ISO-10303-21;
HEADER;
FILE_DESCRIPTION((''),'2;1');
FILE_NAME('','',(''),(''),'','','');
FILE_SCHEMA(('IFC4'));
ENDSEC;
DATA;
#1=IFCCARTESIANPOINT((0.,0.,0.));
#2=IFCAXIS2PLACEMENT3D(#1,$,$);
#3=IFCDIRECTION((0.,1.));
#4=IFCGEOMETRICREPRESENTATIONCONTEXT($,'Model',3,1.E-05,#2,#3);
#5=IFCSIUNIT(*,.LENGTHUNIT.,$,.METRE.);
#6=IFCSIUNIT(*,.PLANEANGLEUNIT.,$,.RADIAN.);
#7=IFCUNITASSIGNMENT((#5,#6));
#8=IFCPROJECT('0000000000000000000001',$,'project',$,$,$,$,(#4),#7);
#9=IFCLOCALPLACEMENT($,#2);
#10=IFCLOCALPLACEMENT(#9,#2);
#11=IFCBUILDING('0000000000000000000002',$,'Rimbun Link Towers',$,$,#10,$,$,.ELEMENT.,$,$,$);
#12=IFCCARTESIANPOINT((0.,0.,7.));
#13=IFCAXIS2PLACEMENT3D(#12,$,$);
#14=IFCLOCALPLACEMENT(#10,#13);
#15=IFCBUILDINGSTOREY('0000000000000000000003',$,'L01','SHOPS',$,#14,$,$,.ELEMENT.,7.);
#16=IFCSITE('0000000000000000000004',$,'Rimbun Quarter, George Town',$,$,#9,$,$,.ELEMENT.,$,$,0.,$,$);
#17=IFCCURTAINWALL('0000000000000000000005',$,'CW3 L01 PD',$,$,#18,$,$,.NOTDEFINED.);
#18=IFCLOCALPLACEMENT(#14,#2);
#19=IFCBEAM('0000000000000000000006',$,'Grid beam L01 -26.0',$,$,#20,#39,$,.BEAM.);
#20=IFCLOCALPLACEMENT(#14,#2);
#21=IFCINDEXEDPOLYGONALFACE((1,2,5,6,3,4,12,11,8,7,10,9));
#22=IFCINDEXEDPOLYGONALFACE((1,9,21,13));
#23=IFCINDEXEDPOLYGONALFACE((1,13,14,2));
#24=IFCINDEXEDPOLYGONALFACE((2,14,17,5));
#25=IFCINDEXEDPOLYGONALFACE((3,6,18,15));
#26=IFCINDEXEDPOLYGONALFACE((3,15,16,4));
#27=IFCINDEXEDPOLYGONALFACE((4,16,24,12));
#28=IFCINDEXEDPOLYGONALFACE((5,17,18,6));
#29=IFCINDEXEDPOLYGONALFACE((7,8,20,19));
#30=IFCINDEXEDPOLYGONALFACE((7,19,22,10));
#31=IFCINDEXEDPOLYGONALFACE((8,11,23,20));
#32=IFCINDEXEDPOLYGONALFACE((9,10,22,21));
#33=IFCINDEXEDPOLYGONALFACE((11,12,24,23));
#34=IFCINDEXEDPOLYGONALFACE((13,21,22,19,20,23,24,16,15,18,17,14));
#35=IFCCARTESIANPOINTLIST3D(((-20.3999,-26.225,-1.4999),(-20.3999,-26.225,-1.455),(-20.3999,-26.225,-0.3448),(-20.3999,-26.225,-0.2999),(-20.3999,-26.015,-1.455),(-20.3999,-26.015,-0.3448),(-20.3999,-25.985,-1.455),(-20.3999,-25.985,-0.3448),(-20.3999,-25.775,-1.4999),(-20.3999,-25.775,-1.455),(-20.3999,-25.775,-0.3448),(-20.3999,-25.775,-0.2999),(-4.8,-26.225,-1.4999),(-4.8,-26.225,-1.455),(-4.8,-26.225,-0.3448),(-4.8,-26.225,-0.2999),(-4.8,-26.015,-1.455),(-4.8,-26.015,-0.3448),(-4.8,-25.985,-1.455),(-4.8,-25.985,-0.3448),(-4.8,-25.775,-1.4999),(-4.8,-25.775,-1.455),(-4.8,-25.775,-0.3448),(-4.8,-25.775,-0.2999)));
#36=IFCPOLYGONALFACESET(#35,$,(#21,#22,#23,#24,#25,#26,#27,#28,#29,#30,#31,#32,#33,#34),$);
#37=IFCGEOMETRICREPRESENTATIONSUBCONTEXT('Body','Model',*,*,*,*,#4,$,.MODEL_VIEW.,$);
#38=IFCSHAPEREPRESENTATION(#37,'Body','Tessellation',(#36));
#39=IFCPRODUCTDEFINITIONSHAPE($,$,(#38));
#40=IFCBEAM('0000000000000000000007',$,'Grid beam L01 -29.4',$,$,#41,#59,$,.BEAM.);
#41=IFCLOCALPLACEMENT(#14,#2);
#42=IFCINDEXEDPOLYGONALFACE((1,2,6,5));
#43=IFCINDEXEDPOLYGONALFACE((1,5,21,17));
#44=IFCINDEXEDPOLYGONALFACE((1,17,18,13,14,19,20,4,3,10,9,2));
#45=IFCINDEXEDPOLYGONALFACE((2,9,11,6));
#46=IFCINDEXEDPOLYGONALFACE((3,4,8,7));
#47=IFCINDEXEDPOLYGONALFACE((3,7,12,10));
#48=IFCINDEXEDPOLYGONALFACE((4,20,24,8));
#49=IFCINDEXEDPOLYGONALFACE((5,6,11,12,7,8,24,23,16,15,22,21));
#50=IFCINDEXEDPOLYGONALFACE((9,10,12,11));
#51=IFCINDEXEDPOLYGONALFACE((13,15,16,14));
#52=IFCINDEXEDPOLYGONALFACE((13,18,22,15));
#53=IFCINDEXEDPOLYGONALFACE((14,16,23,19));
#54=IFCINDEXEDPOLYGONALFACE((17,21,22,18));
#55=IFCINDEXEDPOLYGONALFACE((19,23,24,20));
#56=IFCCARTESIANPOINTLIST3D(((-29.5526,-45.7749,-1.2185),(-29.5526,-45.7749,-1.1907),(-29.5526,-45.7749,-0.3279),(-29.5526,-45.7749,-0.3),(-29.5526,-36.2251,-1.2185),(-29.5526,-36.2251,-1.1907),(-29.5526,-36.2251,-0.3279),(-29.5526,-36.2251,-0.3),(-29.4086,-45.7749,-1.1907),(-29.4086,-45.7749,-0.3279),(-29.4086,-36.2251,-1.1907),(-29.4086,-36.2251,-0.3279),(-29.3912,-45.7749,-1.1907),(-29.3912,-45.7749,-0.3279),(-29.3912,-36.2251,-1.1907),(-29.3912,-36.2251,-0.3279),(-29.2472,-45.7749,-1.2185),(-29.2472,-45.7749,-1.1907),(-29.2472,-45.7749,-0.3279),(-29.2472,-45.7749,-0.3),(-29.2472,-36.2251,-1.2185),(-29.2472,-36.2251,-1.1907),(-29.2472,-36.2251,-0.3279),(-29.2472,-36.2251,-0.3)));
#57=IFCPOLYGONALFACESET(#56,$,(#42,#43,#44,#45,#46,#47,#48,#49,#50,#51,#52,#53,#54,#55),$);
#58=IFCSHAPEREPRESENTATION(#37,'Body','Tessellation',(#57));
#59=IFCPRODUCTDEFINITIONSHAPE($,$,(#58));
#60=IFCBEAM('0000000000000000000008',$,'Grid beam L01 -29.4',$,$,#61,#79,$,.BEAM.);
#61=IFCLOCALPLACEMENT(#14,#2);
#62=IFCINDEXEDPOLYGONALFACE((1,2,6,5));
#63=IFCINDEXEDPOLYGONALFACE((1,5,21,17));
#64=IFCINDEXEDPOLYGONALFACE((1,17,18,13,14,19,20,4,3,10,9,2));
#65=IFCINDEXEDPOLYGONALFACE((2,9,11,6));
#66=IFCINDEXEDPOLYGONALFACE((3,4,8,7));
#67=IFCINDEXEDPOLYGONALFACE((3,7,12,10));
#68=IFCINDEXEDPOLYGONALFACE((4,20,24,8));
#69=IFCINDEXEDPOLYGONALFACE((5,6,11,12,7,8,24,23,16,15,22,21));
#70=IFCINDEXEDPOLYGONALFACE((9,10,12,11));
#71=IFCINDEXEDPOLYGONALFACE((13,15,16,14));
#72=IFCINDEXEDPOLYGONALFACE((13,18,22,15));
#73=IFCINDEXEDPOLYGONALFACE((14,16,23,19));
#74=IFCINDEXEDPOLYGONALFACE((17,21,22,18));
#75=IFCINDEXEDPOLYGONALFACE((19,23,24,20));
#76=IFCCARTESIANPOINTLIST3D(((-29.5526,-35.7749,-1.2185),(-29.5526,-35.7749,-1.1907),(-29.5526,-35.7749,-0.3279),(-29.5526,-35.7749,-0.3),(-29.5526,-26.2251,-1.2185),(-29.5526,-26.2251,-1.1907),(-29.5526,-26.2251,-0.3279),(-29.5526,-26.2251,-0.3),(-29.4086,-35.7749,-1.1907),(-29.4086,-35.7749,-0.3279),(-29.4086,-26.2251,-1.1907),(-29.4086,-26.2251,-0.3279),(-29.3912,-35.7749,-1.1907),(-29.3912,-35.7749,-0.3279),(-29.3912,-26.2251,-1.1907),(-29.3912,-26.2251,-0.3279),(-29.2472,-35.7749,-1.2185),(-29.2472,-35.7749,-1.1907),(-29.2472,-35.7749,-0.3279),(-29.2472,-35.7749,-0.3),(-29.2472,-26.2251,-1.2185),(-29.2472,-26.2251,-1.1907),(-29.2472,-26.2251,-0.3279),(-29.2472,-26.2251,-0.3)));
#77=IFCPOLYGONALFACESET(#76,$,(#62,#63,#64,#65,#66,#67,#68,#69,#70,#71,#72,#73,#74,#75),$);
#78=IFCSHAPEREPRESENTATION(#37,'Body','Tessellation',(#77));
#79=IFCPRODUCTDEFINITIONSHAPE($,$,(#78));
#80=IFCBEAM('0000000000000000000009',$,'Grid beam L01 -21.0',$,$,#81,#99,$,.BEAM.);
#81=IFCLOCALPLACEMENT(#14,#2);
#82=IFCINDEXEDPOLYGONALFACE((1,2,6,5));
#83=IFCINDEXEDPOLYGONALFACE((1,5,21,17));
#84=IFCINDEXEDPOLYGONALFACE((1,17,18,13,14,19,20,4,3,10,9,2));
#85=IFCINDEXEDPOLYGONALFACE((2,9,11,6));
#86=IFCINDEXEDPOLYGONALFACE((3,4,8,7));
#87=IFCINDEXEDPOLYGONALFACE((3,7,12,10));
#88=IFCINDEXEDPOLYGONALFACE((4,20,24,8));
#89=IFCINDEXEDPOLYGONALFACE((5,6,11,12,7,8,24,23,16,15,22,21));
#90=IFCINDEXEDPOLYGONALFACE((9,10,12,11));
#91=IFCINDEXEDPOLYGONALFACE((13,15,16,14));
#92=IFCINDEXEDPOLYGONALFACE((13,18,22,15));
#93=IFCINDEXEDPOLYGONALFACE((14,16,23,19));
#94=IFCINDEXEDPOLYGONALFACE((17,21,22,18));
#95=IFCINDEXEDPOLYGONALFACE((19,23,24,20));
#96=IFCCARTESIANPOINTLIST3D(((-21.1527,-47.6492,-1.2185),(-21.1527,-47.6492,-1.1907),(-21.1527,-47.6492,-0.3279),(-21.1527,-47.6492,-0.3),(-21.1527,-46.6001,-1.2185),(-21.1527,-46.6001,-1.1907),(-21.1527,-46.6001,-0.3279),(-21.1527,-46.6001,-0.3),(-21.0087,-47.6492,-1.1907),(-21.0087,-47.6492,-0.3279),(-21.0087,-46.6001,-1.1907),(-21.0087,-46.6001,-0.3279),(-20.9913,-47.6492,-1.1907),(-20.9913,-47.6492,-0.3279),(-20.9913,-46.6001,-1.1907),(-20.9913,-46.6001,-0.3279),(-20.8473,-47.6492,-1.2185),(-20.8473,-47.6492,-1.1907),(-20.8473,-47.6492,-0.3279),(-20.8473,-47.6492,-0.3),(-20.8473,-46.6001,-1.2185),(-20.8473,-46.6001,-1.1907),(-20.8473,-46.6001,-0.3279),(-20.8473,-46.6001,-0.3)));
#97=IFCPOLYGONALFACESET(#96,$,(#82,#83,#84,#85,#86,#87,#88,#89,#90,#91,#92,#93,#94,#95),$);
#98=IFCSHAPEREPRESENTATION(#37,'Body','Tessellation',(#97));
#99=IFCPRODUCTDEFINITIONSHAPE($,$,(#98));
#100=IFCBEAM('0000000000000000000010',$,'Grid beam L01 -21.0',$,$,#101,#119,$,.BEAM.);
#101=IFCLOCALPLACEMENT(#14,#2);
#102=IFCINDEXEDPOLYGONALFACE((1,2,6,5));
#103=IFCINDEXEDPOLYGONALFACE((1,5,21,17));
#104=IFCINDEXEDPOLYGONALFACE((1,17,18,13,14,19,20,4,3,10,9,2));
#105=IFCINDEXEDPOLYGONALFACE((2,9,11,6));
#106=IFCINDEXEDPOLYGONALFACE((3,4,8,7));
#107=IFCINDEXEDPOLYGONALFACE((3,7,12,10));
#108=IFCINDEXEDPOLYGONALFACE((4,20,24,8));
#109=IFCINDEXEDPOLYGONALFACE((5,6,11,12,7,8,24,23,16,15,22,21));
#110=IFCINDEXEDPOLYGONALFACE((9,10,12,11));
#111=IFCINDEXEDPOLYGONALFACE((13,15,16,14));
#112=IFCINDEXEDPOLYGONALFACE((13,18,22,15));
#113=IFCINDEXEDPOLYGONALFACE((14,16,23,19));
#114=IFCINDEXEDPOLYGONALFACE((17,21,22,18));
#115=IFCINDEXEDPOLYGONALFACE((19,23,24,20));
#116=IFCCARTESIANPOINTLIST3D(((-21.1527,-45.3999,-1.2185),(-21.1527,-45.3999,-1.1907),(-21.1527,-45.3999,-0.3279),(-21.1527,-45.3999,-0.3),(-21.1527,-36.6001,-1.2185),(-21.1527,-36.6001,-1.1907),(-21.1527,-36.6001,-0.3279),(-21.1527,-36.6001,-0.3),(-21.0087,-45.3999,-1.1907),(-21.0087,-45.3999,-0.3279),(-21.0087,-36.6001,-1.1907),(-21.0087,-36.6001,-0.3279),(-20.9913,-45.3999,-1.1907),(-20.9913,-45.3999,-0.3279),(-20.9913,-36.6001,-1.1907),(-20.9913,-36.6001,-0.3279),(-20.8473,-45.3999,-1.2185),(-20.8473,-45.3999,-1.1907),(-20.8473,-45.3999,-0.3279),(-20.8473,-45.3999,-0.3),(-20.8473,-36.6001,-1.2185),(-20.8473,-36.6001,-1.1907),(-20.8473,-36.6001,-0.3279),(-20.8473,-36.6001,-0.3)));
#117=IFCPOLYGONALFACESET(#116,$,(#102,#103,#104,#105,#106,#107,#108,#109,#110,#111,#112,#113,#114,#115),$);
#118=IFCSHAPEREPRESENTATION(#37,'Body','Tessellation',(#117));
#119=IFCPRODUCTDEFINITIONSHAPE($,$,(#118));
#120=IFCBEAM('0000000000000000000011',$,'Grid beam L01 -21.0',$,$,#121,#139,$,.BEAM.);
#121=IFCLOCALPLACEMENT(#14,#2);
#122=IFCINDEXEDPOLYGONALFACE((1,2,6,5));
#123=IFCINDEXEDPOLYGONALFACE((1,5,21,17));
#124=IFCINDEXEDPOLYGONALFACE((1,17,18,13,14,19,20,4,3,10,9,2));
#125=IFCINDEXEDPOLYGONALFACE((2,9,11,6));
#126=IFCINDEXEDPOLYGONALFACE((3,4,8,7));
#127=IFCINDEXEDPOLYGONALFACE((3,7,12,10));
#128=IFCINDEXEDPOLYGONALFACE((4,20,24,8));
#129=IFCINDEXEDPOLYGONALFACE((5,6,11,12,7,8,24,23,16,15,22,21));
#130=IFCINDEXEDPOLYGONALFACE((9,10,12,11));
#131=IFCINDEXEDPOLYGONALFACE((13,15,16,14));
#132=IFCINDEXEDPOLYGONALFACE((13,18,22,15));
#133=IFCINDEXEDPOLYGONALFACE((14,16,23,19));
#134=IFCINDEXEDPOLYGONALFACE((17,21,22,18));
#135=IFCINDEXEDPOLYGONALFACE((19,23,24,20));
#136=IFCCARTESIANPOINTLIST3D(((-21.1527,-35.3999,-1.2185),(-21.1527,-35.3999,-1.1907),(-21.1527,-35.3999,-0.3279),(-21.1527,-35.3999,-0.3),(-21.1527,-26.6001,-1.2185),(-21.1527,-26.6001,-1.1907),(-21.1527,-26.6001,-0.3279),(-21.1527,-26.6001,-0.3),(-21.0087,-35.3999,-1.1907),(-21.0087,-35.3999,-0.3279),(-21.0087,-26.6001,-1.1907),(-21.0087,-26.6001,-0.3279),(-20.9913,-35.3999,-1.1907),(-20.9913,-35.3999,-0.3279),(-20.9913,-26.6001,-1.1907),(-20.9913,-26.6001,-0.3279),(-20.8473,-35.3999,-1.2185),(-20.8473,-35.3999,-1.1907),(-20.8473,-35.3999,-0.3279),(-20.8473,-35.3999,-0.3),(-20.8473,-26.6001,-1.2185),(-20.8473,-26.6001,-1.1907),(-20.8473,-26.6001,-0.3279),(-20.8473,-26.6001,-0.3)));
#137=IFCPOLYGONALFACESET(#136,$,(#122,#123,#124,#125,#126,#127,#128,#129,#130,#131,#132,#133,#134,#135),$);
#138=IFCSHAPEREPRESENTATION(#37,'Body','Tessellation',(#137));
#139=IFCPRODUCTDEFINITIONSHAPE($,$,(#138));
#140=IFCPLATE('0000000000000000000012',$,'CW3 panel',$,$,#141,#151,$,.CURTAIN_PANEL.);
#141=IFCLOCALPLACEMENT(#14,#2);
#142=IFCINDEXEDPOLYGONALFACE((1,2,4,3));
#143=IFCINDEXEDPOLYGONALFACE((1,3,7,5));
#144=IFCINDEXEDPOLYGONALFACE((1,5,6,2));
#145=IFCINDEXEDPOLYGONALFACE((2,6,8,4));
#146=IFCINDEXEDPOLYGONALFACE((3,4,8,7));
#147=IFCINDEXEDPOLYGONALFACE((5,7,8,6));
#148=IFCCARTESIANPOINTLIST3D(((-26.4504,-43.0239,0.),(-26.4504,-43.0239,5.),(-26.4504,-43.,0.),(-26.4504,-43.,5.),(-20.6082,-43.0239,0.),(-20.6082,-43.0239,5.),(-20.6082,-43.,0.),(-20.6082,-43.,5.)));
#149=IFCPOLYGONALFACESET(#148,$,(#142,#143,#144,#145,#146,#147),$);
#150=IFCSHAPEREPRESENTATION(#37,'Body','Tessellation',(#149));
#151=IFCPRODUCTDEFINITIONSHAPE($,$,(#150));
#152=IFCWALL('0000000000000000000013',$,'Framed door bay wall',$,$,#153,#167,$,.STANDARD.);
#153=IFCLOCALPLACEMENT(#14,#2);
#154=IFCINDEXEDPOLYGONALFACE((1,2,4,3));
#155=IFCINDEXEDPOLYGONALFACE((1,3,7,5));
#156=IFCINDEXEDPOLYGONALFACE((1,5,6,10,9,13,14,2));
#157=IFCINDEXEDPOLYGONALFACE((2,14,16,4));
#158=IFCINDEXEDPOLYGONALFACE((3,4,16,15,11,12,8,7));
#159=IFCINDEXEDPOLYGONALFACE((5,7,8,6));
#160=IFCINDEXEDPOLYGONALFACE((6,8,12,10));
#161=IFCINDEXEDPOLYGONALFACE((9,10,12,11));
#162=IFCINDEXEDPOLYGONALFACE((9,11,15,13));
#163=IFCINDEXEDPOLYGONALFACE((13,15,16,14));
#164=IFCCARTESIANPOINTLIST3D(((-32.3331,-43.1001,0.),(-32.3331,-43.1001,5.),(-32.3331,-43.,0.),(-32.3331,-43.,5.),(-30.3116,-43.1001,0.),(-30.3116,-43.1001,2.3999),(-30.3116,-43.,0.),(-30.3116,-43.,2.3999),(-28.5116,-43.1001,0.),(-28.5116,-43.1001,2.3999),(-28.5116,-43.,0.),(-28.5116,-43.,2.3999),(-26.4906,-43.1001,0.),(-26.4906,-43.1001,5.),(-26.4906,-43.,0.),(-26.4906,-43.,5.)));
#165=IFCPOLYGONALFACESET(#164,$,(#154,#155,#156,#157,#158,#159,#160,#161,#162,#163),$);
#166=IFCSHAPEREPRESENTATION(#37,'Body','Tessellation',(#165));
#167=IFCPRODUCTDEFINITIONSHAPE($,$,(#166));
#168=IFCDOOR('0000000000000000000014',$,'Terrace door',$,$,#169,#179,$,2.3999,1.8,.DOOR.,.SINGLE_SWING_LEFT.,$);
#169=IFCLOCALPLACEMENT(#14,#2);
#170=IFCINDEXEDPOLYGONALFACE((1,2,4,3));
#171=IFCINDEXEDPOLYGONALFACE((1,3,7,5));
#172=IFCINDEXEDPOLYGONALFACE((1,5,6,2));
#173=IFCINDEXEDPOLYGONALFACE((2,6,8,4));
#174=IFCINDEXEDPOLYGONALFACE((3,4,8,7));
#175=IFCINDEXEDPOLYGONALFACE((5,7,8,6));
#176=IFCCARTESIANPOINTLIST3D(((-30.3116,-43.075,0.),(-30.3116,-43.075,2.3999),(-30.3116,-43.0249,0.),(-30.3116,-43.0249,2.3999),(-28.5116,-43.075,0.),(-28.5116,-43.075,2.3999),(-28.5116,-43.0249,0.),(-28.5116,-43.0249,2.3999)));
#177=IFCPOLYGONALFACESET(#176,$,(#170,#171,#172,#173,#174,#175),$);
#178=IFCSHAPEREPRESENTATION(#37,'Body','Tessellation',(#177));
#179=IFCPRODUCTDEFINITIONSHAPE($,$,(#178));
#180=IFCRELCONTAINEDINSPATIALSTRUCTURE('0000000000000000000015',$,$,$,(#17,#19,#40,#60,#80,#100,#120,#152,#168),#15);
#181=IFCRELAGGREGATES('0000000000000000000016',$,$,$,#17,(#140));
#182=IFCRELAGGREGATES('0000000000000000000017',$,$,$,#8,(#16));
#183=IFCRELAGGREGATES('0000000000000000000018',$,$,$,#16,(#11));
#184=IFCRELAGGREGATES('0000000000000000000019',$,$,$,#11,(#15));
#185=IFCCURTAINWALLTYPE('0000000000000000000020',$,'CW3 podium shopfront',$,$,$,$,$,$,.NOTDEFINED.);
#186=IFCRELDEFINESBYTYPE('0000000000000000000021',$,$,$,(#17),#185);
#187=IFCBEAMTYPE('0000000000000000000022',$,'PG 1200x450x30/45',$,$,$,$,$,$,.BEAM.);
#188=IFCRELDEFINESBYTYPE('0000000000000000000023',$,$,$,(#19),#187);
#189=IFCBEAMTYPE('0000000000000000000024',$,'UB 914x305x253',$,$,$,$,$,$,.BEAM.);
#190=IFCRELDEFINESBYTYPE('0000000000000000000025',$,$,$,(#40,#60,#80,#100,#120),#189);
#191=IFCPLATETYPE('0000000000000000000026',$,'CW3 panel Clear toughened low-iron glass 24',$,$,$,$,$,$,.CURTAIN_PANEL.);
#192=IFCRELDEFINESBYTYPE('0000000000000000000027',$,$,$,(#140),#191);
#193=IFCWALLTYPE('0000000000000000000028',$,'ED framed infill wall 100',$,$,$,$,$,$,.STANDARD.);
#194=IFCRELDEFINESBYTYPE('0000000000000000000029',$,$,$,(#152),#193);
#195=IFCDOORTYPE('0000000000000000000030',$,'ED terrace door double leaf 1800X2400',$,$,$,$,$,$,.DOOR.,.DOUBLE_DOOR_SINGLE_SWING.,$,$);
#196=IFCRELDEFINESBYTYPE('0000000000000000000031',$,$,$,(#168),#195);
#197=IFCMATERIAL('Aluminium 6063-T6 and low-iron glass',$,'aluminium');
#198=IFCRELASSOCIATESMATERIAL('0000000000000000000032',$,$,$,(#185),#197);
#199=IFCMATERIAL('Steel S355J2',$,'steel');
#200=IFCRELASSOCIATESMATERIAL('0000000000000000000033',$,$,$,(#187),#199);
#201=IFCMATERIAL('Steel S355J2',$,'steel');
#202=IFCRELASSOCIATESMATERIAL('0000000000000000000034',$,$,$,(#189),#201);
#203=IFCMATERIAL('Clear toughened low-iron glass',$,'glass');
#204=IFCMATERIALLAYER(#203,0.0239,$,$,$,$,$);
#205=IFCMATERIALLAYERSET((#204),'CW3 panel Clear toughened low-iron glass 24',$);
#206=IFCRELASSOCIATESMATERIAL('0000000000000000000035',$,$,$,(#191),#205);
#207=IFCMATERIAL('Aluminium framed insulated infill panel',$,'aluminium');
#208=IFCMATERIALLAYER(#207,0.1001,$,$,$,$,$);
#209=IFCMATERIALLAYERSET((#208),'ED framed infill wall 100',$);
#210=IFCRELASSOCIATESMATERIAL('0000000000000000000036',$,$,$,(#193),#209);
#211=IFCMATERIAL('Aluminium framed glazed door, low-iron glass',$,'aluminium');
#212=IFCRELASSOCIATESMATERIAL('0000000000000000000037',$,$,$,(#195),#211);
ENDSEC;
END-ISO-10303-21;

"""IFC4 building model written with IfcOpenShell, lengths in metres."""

from ifc_helpers import new_model, si_unit, direction, frame, frame_2d, origin, origin_2d, place, context, subcontext, project, spatial, rectangle, i_section, extrude, material, layer, layer_set, material_profile, profile_set, type_object, element, fill, aggregate, save


model = new_model("IFC4")

# Units and contexts
model_context = context("Model", 3, precision=1e-05, world=origin(), true_north=direction((0.0, 1.0)))
body_context = subcontext(model_context, "Body", "Model", "MODEL_VIEW")
ifc_project = project(units=[si_unit("LENGTHUNIT", "METRE"), si_unit("PLANEANGLEUNIT", "RADIAN")], contexts=[model_context])

# Site, building, storey
site_placement = place(None, origin())
site = spatial("IfcSite", under=ifc_project, at=site_placement, Name="Rimbun Quarter, George Town", CompositionType="ELEMENT", RefElevation=0.0)
building_placement = place(site_placement, origin())
building = spatial("IfcBuilding", under=site, at=building_placement, Name="Rimbun Link Towers", CompositionType="ELEMENT")
storey_placement = place(building_placement, frame((0.0, 0.0, 7.0)))
storey = spatial("IfcBuildingStorey", under=building, at=storey_placement, Name="L01", Description="SHOPS", CompositionType="ELEMENT", Elevation=7.0)

# Curtain wall
ifc_material_1 = material(Name="Aluminium 6063-T6 and low-iron glass", Category="aluminium")
curtain_wall_type = type_object("IfcCurtainWallType", Name="CW3 podium shopfront", PredefinedType="NOTDEFINED", material=ifc_material_1)
curtain_wall_placement = place(storey_placement, origin())
curtain_wall = element("IfcCurtainWall", 1, at=curtain_wall_placement, inside=storey, type_object=curtain_wall_type, Name="CW3 L01 PD", PredefinedType="NOTDEFINED")

# Beams
ifc_material_2 = material(Name="Steel S355J2", Category="steel")
ifc_material_profile_1 = material_profile(ifc_material_2, i_section(OverallWidth=0.45, OverallDepth=1.2, WebThickness=0.03, FlangeThickness=0.0449, at=origin_2d()), Name="PG 1200x450x30/45")
ifc_profile_set_1 = profile_set([ifc_material_profile_1], Name="Steel S355J2")
beam_type_1 = type_object("IfcBeamType", Name="PG 1200x450x30/45", PredefinedType="BEAM", material=ifc_profile_set_1)
for number, where, z_axis, x_axis, name in (
    (2, (-20.3999, -26.0, -0.8999), (1.0, 0.0, 0.0), (0.0, 1.0, 0.0), "Grid beam L01 -26.0"),
):
    element("IfcBeam", number, at=place(storey_placement, frame(where, z_axis=z_axis, x_axis=x_axis)), inside=storey, type_object=beam_type_1, Name=name, PredefinedType="BEAM", context=body_context, shape_type="SweptSolid", body=[
        extrude(i_section(OverallWidth=0.45, OverallDepth=1.2, WebThickness=0.03, FlangeThickness=0.0449, at=origin_2d()), origin(), (0.0, 0.0, 1.0), 15.5999),
    ])
ifc_material_3 = material(Name="Steel S355J2", Category="steel")
ifc_material_profile_2 = material_profile(ifc_material_3, i_section(OverallWidth=0.3054, OverallDepth=0.9185, WebThickness=0.0173, FlangeThickness=0.0278, at=origin_2d()), Name="UB 914x305x253")
ifc_profile_set_2 = profile_set([ifc_material_profile_2], Name="Steel S355J2")
beam_type_2 = type_object("IfcBeamType", Name="UB 914x305x253", PredefinedType="BEAM", material=ifc_profile_set_2)
for number, where, z_axis, x_axis, name in (
    (3, (-29.3999, -45.7749, -0.7593), (0.0, 1.0, 0.0), (-1.0, 0.0, 0.0), "Grid beam L01 -29.4"),
    (4, (-29.3999, -35.7749, -0.7593), (0.0, 1.0, 0.0), (-1.0, 0.0, 0.0), "Grid beam L01 -29.4"),
):
    element("IfcBeam", number, at=place(storey_placement, frame(where, z_axis=z_axis, x_axis=x_axis)), inside=storey, type_object=beam_type_2, Name=name, PredefinedType="BEAM", context=body_context, shape_type="SweptSolid", body=[
        extrude(i_section(OverallWidth=0.3054, OverallDepth=0.9185, WebThickness=0.0173, FlangeThickness=0.0278, at=origin_2d()), origin(), (0.0, 0.0, 1.0), 9.5498),
    ])
beam_placement = place(storey_placement, frame((-21.0, -47.6492, -0.7593), z_axis=(0.0, 1.0, 0.0), x_axis=(-1.0, 0.0, 0.0)))
element("IfcBeam", 5, at=beam_placement, inside=storey, type_object=beam_type_2, Name="Grid beam L01 -21.0", PredefinedType="BEAM", context=body_context, shape_type="SweptSolid", body=[
    extrude(i_section(OverallWidth=0.3054, OverallDepth=0.9185, WebThickness=0.0173, FlangeThickness=0.0278, at=origin_2d()), origin(), (0.0, 0.0, 1.0), 1.0491),
])
for number, where, z_axis, x_axis, name in (
    (6, (-21.0, -45.3999, -0.7593), (0.0, 1.0, 0.0), (-1.0, 0.0, 0.0), "Grid beam L01 -21.0"),
    (7, (-21.0, -35.3999, -0.7593), (0.0, 1.0, 0.0), (-1.0, 0.0, 0.0), "Grid beam L01 -21.0"),
):
    element("IfcBeam", number, at=place(storey_placement, frame(where, z_axis=z_axis, x_axis=x_axis)), inside=storey, type_object=beam_type_2, Name=name, PredefinedType="BEAM", context=body_context, shape_type="SweptSolid", body=[
        extrude(i_section(OverallWidth=0.3054, OverallDepth=0.9185, WebThickness=0.0173, FlangeThickness=0.0278, at=origin_2d()), origin(), (0.0, 0.0, 1.0), 8.7998),
    ])

# Plate
ifc_material_4 = material(Name="Clear toughened low-iron glass", Category="glass")
ifc_layer_1 = layer(ifc_material_4, 0.0239)
ifc_layer_set_1 = layer_set([ifc_layer_1], Name="CW3 panel Clear toughened low-iron glass 24")
plate_type = type_object("IfcPlateType", Name="CW3 panel Clear toughened low-iron glass 24", PredefinedType="CURTAIN_PANEL", material=ifc_layer_set_1)
plate_placement = place(storey_placement, frame((-23.5293, -43.012, 0.0), z_axis=(0.0, 0.0, 1.0), x_axis=(-1.0, 0.0, 0.0)))
plate = element("IfcPlate", 8, at=plate_placement, type_object=plate_type, Name="CW3 panel", PredefinedType="CURTAIN_PANEL", context=body_context, shape_type="SweptSolid", body=[
    extrude(rectangle(XDim=5.8423, YDim=0.0239, at=origin_2d()), origin(), (0.0, 0.0, 1.0), 5.0),
])
aggregate(curtain_wall, [plate])

# Wall, opening, door
ifc_material_5 = material(Name="Aluminium framed insulated infill panel", Category="aluminium")
ifc_layer_2 = layer(ifc_material_5, 0.1001)
ifc_layer_set_2 = layer_set([ifc_layer_2], Name="ED framed infill wall 100")
wall_type_1 = type_object("IfcWallType", Name="ED framed infill wall 100", PredefinedType="STANDARD", material=ifc_layer_set_2)
wall_1_placement = place(storey_placement, frame((-26.4905, -43.05, 0.0), z_axis=(0.0, 0.0, 1.0), x_axis=(-1.0, 0.0, 0.0)))
wall_1 = element("IfcWall", 9, at=wall_1_placement, inside=storey, type_object=wall_type_1, Name="Framed door bay wall", PredefinedType="STANDARD", context=body_context, shape_type="SweptSolid", body=[
    extrude(rectangle(XDim=5.8425, YDim=0.1001, at=frame_2d((2.9214, 0.0))), origin(), (0.0, 0.0, 1.0), 5.0),
])
opening_1_placement = place(wall_1_placement, frame((2.0212, 0.0, 0.0)))
opening_1 = element("IfcOpeningElement", 10, at=opening_1_placement, cuts=wall_1, PredefinedType="OPENING", context=body_context, shape_type="SweptSolid", body=[
    extrude(rectangle(XDim=1.8, YDim=2.3999, at=frame_2d((0.8999, 1.2))), frame((0.0, 0.0601, 0.0), z_axis=(0.0, -1.0, 0.0), x_axis=(1.0, 0.0, 0.0)), (0.0, 0.0, 1.0), 0.1201),
])
ifc_material_6 = material(Name="Aluminium framed glazed door, low-iron glass", Category="aluminium")
door_type_1 = type_object("IfcDoorType", Name="ED terrace door double leaf 1800X2400", OperationType="DOUBLE_DOOR_SINGLE_SWING", PredefinedType="DOOR", material=ifc_material_6)
door_1_placement = place(opening_1_placement, origin())
door_1 = element("IfcDoor", 11, at=door_1_placement, inside=storey, type_object=door_type_1, Name="Terrace door", OperationType="SINGLE_SWING_LEFT", OverallHeight=2.3999, OverallWidth=1.8, PredefinedType="DOOR", context=body_context, shape_type="SweptSolid", body=[
    extrude(rectangle(XDim=1.8, YDim=2.3999, at=frame_2d((0.8999, 1.2))), frame((0.0, 0.0249, 0.0), z_axis=(0.0, -1.0, 0.0), x_axis=(1.0, 0.0, 0.0)), (0.0, 0.0, 1.0), 0.05),
])
fill(opening_1, door_1)

save(model, "model.ifc")
